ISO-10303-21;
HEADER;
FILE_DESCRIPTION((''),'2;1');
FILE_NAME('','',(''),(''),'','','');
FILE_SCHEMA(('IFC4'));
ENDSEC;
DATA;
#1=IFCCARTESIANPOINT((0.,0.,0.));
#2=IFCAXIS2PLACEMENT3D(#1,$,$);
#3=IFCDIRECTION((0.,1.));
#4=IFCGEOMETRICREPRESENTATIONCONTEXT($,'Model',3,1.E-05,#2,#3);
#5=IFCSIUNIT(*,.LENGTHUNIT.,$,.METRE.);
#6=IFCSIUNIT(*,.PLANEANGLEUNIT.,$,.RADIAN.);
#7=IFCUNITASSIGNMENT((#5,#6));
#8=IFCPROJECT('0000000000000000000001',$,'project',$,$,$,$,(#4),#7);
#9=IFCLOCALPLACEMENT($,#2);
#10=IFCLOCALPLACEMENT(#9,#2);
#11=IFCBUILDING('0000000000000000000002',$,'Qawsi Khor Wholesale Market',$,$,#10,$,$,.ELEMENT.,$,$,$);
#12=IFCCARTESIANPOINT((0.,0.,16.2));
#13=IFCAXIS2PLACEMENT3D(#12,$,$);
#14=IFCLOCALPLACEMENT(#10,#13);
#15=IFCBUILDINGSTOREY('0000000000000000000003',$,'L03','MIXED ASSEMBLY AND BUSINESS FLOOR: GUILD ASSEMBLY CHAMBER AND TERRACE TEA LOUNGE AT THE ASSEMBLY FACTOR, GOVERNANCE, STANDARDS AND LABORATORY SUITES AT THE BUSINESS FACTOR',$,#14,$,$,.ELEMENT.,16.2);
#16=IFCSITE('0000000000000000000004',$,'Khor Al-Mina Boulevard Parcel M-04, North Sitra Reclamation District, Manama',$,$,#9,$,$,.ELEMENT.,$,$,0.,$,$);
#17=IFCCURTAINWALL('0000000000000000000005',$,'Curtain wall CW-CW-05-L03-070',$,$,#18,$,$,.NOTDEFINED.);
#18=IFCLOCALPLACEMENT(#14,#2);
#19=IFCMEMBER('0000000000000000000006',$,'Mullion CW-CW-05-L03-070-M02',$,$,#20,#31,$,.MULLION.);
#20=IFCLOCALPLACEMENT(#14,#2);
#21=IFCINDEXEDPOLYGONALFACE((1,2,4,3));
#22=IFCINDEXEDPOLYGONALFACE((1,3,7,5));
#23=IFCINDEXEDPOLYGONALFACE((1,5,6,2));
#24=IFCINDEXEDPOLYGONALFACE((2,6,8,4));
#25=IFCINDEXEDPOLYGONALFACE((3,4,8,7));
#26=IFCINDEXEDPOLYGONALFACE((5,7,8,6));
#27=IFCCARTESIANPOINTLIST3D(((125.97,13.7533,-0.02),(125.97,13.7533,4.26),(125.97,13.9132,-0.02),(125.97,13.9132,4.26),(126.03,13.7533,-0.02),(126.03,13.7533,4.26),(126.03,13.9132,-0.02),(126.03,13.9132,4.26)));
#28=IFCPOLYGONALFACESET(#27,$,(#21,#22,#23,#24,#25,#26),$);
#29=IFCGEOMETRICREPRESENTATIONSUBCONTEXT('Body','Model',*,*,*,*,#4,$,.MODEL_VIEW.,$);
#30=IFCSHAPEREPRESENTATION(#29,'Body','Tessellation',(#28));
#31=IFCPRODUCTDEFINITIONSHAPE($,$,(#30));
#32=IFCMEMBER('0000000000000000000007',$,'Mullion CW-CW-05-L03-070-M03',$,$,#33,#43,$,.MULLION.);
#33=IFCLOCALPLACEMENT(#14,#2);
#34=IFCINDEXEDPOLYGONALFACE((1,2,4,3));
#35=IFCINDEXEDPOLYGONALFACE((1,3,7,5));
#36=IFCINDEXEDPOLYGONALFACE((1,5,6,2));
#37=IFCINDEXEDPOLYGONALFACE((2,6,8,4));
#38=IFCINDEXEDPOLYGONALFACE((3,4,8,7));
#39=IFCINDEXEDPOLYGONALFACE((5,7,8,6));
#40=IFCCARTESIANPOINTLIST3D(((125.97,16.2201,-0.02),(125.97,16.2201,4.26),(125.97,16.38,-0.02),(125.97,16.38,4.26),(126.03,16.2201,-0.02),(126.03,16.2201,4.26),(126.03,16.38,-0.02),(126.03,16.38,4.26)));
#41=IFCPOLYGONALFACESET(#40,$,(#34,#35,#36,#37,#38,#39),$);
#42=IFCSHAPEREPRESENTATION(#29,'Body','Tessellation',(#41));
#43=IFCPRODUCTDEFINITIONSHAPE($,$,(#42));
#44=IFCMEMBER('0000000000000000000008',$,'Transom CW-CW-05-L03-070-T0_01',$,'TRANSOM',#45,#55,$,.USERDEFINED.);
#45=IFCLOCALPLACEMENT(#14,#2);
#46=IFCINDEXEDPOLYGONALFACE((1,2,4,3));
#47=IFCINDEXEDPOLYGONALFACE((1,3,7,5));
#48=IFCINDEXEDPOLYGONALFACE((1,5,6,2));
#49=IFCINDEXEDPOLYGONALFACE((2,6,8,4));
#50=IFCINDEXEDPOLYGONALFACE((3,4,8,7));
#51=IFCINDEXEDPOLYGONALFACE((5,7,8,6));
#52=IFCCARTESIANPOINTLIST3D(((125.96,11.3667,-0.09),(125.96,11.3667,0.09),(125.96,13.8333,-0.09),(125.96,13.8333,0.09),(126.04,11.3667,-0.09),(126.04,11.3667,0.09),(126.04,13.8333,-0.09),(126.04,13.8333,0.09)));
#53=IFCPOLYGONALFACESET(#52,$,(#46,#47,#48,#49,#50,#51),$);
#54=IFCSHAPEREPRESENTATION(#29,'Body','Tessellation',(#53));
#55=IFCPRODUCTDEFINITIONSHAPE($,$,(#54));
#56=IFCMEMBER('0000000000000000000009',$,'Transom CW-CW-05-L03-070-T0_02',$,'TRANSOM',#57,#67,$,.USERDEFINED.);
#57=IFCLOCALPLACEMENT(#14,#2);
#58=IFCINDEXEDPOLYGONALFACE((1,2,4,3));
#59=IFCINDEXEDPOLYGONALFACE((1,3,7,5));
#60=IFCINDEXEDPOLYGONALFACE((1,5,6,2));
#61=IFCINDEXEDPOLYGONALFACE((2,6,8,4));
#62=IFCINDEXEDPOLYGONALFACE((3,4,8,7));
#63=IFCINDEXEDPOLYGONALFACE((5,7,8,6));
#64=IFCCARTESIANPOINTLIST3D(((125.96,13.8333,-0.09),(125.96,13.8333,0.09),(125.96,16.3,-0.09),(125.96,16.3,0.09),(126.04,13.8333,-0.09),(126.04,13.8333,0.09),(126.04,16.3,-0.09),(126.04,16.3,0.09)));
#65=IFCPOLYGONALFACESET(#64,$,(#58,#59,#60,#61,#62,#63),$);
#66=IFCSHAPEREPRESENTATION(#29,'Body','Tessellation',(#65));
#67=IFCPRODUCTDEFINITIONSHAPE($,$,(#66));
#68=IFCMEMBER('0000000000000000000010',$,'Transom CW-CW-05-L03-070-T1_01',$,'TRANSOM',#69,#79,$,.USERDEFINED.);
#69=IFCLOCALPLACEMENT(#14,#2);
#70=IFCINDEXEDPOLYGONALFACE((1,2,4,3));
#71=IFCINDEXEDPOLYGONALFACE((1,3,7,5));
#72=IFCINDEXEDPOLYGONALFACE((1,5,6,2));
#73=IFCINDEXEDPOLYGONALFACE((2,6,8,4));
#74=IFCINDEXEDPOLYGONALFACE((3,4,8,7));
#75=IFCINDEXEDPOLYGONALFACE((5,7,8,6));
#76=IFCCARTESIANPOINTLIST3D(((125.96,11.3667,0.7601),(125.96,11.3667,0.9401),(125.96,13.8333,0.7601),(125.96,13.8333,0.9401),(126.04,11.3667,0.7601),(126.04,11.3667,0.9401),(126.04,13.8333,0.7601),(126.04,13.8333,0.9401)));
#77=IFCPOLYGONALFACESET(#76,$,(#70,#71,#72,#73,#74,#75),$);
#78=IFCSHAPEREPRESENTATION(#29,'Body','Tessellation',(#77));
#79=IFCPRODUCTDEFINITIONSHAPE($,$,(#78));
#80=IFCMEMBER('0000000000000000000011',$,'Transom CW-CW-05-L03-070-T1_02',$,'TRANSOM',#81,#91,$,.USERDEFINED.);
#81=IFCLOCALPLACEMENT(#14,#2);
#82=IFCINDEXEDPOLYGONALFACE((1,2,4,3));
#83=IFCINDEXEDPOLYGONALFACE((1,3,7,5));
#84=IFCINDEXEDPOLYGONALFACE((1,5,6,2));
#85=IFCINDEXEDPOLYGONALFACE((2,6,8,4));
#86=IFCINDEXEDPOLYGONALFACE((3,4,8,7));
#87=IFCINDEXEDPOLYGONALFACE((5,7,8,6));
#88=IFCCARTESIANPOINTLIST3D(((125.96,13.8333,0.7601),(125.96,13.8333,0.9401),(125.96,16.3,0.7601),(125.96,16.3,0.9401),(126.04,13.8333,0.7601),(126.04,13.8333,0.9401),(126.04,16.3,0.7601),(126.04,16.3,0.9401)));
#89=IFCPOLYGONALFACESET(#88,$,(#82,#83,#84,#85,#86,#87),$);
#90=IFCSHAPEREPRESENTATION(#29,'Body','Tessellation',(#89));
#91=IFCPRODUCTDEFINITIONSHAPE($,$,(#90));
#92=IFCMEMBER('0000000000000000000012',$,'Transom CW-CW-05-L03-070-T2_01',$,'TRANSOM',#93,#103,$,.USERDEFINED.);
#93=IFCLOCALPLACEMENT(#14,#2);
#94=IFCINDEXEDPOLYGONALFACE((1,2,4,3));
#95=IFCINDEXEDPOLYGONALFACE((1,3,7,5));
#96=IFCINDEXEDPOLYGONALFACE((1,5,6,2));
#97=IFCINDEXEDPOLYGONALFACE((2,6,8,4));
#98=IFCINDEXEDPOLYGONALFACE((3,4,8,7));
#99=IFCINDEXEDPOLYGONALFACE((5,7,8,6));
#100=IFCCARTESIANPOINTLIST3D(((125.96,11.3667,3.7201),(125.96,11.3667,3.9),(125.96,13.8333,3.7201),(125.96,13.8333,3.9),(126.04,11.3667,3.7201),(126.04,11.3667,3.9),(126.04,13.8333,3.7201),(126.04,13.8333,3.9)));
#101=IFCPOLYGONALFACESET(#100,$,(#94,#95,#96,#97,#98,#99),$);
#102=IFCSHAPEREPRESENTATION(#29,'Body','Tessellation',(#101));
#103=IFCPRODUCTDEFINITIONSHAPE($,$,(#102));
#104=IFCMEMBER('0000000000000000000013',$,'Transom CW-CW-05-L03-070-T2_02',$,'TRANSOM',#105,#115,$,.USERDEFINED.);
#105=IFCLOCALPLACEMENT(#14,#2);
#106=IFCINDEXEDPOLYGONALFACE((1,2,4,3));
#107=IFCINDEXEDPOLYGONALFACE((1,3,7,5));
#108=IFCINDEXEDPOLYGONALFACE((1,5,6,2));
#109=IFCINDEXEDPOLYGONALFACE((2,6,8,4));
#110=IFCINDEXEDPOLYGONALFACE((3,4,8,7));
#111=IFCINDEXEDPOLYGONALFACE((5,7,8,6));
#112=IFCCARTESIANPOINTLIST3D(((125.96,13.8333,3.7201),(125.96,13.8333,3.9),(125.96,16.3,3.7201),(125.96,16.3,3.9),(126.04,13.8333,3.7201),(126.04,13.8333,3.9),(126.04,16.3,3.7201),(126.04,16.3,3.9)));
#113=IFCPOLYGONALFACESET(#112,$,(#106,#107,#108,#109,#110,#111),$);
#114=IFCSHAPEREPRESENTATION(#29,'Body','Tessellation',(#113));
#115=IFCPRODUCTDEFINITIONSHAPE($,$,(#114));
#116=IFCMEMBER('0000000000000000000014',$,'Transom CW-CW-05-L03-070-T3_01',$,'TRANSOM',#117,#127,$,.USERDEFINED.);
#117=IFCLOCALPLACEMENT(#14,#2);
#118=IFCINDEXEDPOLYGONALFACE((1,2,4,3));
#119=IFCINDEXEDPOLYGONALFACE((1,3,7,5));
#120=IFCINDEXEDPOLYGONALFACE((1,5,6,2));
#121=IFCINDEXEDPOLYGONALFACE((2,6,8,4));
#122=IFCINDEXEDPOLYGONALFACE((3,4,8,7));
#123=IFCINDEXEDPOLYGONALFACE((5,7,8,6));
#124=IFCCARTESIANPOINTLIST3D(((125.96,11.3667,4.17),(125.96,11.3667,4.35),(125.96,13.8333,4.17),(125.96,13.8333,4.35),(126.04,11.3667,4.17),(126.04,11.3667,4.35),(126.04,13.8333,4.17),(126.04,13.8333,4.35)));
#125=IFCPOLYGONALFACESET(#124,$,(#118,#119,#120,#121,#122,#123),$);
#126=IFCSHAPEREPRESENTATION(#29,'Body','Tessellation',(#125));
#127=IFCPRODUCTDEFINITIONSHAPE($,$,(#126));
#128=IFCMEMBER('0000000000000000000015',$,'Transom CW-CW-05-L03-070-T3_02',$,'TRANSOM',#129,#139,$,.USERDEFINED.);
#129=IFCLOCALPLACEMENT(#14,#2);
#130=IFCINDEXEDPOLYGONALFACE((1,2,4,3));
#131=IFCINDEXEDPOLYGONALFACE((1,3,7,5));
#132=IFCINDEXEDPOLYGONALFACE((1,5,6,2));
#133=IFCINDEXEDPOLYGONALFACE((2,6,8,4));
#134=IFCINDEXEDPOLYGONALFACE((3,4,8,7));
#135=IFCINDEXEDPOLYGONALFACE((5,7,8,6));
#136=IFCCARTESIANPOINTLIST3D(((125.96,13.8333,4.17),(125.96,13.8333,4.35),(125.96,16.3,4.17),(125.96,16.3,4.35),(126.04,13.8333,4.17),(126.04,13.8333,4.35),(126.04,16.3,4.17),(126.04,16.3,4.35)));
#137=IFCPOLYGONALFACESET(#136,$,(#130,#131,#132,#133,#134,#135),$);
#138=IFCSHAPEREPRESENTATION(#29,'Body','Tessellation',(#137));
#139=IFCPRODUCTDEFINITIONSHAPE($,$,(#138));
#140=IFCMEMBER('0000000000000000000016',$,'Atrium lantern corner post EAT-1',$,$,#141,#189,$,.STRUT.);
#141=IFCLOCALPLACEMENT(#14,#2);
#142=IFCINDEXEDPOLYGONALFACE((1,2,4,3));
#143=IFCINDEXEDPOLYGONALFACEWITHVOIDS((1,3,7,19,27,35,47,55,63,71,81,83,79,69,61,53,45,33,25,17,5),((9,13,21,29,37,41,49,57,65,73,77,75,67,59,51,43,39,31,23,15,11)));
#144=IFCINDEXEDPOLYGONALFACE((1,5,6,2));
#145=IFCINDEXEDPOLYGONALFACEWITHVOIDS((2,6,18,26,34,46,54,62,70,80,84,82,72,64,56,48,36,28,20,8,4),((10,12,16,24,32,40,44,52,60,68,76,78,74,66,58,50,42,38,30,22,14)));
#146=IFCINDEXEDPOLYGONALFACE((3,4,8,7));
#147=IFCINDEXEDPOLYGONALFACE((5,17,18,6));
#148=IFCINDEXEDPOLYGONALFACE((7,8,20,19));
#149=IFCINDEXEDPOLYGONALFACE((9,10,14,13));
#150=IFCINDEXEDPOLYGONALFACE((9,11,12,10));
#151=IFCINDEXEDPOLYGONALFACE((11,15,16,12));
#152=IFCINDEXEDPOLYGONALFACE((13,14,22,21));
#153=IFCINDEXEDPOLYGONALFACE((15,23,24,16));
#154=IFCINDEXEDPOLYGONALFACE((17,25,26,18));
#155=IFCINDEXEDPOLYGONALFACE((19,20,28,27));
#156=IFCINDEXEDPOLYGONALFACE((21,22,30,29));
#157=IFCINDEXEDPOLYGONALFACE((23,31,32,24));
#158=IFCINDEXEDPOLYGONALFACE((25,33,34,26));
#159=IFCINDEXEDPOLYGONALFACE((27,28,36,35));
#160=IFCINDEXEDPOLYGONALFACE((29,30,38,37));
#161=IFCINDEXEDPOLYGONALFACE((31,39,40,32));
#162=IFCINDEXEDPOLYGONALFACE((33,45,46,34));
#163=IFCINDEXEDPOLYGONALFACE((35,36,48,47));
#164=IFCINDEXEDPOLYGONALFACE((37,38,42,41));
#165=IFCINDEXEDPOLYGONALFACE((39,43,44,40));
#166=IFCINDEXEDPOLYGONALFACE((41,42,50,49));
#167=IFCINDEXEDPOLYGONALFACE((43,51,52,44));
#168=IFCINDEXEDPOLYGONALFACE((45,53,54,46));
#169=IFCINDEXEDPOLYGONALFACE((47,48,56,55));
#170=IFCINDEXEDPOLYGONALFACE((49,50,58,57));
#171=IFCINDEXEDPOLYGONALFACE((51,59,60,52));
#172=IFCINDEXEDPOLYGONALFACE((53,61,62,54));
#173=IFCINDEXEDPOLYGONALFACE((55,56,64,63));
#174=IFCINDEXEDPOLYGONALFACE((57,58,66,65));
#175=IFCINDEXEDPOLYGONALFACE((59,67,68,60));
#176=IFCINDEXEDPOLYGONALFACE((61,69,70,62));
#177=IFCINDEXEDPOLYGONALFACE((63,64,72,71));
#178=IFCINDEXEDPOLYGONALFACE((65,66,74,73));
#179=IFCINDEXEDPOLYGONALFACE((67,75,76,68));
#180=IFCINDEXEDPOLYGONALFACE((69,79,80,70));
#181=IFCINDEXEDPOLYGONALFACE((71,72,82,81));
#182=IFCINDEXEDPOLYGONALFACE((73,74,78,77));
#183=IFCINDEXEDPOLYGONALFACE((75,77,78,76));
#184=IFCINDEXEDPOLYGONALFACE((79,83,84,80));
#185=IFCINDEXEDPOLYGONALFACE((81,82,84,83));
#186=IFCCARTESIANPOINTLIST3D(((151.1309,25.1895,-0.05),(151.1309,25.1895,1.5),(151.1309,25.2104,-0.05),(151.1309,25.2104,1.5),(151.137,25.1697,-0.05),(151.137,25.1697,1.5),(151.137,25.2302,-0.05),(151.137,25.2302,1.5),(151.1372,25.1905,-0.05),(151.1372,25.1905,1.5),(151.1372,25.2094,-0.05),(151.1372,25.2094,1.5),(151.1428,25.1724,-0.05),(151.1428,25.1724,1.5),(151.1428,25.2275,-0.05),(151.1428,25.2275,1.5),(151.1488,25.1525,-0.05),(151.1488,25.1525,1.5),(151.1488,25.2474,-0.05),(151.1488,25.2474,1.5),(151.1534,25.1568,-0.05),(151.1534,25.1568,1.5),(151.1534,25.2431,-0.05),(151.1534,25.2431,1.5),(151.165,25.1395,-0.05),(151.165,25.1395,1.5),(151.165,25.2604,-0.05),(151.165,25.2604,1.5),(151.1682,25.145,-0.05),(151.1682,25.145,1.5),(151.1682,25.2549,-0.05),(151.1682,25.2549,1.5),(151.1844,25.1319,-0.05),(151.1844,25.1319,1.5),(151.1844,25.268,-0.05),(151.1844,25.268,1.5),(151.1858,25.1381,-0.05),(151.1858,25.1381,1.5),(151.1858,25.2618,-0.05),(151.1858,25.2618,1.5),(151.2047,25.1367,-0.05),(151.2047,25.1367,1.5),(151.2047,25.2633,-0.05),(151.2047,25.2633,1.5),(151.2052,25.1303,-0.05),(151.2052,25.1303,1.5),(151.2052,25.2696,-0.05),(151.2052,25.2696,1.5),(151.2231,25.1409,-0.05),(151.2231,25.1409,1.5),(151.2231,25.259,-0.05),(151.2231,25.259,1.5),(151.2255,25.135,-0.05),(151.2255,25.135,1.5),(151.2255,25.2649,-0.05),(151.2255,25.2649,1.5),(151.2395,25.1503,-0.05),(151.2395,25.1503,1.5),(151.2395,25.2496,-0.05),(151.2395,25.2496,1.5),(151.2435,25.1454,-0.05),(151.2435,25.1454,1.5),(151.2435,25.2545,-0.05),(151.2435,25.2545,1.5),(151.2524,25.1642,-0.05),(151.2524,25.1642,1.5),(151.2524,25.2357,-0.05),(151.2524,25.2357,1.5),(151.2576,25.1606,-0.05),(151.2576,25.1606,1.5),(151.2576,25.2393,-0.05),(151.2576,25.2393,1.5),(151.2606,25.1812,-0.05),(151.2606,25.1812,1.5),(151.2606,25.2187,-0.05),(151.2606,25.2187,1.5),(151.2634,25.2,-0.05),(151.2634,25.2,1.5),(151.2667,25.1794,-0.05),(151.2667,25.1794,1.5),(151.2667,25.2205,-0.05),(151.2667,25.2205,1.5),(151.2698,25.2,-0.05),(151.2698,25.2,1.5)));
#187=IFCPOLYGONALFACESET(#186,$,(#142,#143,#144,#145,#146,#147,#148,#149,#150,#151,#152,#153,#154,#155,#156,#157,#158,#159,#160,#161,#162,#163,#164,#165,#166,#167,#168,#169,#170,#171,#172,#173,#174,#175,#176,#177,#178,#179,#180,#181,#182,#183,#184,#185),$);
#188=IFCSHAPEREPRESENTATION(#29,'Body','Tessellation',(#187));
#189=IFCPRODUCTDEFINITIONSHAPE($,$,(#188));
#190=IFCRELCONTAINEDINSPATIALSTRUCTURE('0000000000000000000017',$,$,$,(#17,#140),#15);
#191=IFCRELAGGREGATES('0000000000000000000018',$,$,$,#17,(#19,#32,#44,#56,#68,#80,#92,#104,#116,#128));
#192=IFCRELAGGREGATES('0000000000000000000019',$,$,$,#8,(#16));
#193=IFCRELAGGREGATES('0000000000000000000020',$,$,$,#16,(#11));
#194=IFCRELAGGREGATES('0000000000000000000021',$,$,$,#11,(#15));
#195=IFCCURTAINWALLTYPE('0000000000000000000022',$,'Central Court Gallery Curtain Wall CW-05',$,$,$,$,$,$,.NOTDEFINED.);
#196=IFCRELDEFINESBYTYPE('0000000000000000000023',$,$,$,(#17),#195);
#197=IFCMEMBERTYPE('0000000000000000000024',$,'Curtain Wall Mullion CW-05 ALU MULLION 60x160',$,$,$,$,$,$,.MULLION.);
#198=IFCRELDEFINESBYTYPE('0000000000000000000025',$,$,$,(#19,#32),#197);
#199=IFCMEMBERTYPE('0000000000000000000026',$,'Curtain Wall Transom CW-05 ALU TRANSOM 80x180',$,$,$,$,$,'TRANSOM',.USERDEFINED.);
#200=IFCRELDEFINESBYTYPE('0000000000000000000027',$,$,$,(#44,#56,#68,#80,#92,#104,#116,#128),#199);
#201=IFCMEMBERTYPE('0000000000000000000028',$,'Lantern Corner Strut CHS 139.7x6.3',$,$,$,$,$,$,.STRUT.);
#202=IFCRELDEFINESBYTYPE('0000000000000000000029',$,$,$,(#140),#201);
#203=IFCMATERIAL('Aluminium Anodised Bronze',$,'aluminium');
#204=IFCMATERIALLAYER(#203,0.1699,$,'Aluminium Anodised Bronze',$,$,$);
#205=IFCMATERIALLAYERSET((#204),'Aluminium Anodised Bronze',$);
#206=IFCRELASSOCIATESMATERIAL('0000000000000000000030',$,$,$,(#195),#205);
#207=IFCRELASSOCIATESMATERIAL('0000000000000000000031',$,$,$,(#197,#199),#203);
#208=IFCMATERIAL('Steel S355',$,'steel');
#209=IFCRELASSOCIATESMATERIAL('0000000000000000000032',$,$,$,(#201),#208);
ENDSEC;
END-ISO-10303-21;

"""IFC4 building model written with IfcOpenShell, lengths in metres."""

from ifc_helpers import new_model, si_unit, direction, frame, origin, origin_2d, place, context, subcontext, project, spatial, rectangle, hollow_circle, extrude, material, layer, layer_set, material_profile, profile_set, type_object, element, aggregate, save


model = new_model("IFC4")

# Units and contexts
model_context = context("Model", 3, precision=1e-05, world=origin(), true_north=direction((0.0, 1.0)))
body_context = subcontext(model_context, "Body", "Model", "MODEL_VIEW")
ifc_project = project(units=[si_unit("LENGTHUNIT", "METRE"), si_unit("PLANEANGLEUNIT", "RADIAN")], contexts=[model_context])

# Site, building, storey
site_placement = place(None, origin())
site = spatial("IfcSite", under=ifc_project, at=site_placement, Name="Khor Al-Mina Boulevard Parcel M-04, North Sitra Reclamation District, Manama", CompositionType="ELEMENT", RefElevation=0.0)
building_placement = place(site_placement, origin())
building = spatial("IfcBuilding", under=site, at=building_placement, Name="Qawsi Khor Wholesale Market", CompositionType="ELEMENT")
storey_placement = place(building_placement, frame((0.0, 0.0, 16.2)))
storey = spatial("IfcBuildingStorey", under=building, at=storey_placement, Name="L03", Description="MIXED ASSEMBLY AND BUSINESS FLOOR: GUILD ASSEMBLY CHAMBER AND TERRACE TEA LOUNGE AT THE ASSEMBLY FACTOR, GOVERNANCE, STANDARDS AND LABORATORY SUITES AT THE BUSINESS FACTOR", CompositionType="ELEMENT", Elevation=16.2)

# Curtain wall, members
ifc_material_1 = material(Name="Aluminium Anodised Bronze", Category="aluminium")
ifc_layer_1 = layer(ifc_material_1, 0.1699, Name="Aluminium Anodised Bronze")
ifc_layer_set_1 = layer_set([ifc_layer_1], Name="Aluminium Anodised Bronze")
curtain_wall_type = type_object("IfcCurtainWallType", Name="Central Court Gallery Curtain Wall CW-05", PredefinedType="NOTDEFINED", material=ifc_layer_set_1)
curtain_wall_placement = place(storey_placement, origin())
curtain_wall = element("IfcCurtainWall", 1, at=curtain_wall_placement, inside=storey, type_object=curtain_wall_type, Name="Curtain wall CW-CW-05-L03-070", PredefinedType="NOTDEFINED")
ifc_material_profile_1 = material_profile(ifc_material_1, rectangle(XDim=0.0601, YDim=0.1599, at=origin_2d()), Name="ALU MULLION 60x160")
ifc_profile_set_1 = profile_set([ifc_material_profile_1], Name="Aluminium Anodised Bronze")
member_type_1 = type_object("IfcMemberType", Name="Curtain Wall Mullion CW-05 ALU MULLION 60x160", PredefinedType="MULLION", material=ifc_profile_set_1)
member_1_placement = place(storey_placement, frame((126.0, 13.8333, -0.02), z_axis=(0.0, 0.0, 1.0), x_axis=(1.0, 0.0, 0.0)))
member_1 = element("IfcMember", 2, at=member_1_placement, type_object=member_type_1, Name="Mullion CW-CW-05-L03-070-M02", PredefinedType="MULLION", context=body_context, shape_type="SweptSolid", body=[
    extrude(rectangle(XDim=0.0601, YDim=0.1599, at=origin_2d()), origin(), (0.0, 0.0, 1.0), 4.28),
])
member_2_placement = place(storey_placement, frame((126.0, 16.3, -0.02), z_axis=(0.0, 0.0, 1.0), x_axis=(1.0, 0.0, 0.0)))
member_2 = element("IfcMember", 3, at=member_2_placement, type_object=member_type_1, Name="Mullion CW-CW-05-L03-070-M03", PredefinedType="MULLION", context=body_context, shape_type="SweptSolid", body=[
    extrude(rectangle(XDim=0.0601, YDim=0.1599, at=origin_2d()), origin(), (0.0, 0.0, 1.0), 4.28),
])
ifc_material_profile_2 = material_profile(ifc_material_1, rectangle(XDim=0.0801, YDim=0.1799, at=origin_2d()), Name="ALU TRANSOM 80x180")
ifc_profile_set_2 = profile_set([ifc_material_profile_2], Name="Aluminium Anodised Bronze")
member_type_2 = type_object("IfcMemberType", Name="Curtain Wall Transom CW-05 ALU TRANSOM 80x180", ElementType="TRANSOM", PredefinedType="USERDEFINED", material=ifc_profile_set_2)
member_3_placement = place(storey_placement, frame((126.0, 11.3667, 0.0), z_axis=(0.0, 1.0, 0.0), x_axis=(-1.0, 0.0, 0.0)))
member_3 = element("IfcMember", 4, at=member_3_placement, type_object=member_type_2, Name="Transom CW-CW-05-L03-070-T0_01", ObjectType="TRANSOM", PredefinedType="USERDEFINED", context=body_context, shape_type="SweptSolid", body=[
    extrude(rectangle(XDim=0.0801, YDim=0.1799, at=origin_2d()), origin(), (0.0, 0.0, 1.0), 2.4666),
])
member_4_placement = place(storey_placement, frame((126.0, 13.8333, 0.0), z_axis=(0.0, 1.0, 0.0), x_axis=(-1.0, 0.0, 0.0)))
member_4 = element("IfcMember", 5, at=member_4_placement, type_object=member_type_2, Name="Transom CW-CW-05-L03-070-T0_02", ObjectType="TRANSOM", PredefinedType="USERDEFINED", context=body_context, shape_type="SweptSolid", body=[
    extrude(rectangle(XDim=0.0801, YDim=0.1799, at=origin_2d()), origin(), (0.0, 0.0, 1.0), 2.4668),
])
member_5_placement = place(storey_placement, frame((126.0, 11.3667, 0.8501), z_axis=(0.0, 1.0, 0.0), x_axis=(-1.0, 0.0, 0.0)))
member_5 = element("IfcMember", 6, at=member_5_placement, type_object=member_type_2, Name="Transom CW-CW-05-L03-070-T1_01", ObjectType="TRANSOM", PredefinedType="USERDEFINED", context=body_context, shape_type="SweptSolid", body=[
    extrude(rectangle(XDim=0.0801, YDim=0.1799, at=origin_2d()), origin(), (0.0, 0.0, 1.0), 2.4666),
])
member_6_placement = place(storey_placement, frame((126.0, 13.8333, 0.8501), z_axis=(0.0, 1.0, 0.0), x_axis=(-1.0, 0.0, 0.0)))
member_6 = element("IfcMember", 7, at=member_6_placement, type_object=member_type_2, Name="Transom CW-CW-05-L03-070-T1_02", ObjectType="TRANSOM", PredefinedType="USERDEFINED", context=body_context, shape_type="SweptSolid", body=[
    extrude(rectangle(XDim=0.0801, YDim=0.1799, at=origin_2d()), origin(), (0.0, 0.0, 1.0), 2.4668),
])
member_7_placement = place(storey_placement, frame((126.0, 11.3667, 3.8101), z_axis=(0.0, 1.0, 0.0), x_axis=(-1.0, 0.0, 0.0)))
member_7 = element("IfcMember", 8, at=member_7_placement, type_object=member_type_2, Name="Transom CW-CW-05-L03-070-T2_01", ObjectType="TRANSOM", PredefinedType="USERDEFINED", context=body_context, shape_type="SweptSolid", body=[
    extrude(rectangle(XDim=0.0801, YDim=0.1799, at=origin_2d()), origin(), (0.0, 0.0, 1.0), 2.4666),
])
member_8_placement = place(storey_placement, frame((126.0, 13.8333, 3.8101), z_axis=(0.0, 1.0, 0.0), x_axis=(-1.0, 0.0, 0.0)))
member_8 = element("IfcMember", 9, at=member_8_placement, type_object=member_type_2, Name="Transom CW-CW-05-L03-070-T2_02", ObjectType="TRANSOM", PredefinedType="USERDEFINED", context=body_context, shape_type="SweptSolid", body=[
    extrude(rectangle(XDim=0.0801, YDim=0.1799, at=origin_2d()), origin(), (0.0, 0.0, 1.0), 2.4668),
])
member_9_placement = place(storey_placement, frame((126.0, 11.3667, 4.26), z_axis=(0.0, 1.0, 0.0), x_axis=(-1.0, 0.0, 0.0)))
member_9 = element("IfcMember", 10, at=member_9_placement, type_object=member_type_2, Name="Transom CW-CW-05-L03-070-T3_01", ObjectType="TRANSOM", PredefinedType="USERDEFINED", context=body_context, shape_type="SweptSolid", body=[
    extrude(rectangle(XDim=0.0801, YDim=0.1799, at=origin_2d()), origin(), (0.0, 0.0, 1.0), 2.4666),
])
member_10_placement = place(storey_placement, frame((126.0, 13.8333, 4.26), z_axis=(0.0, 1.0, 0.0), x_axis=(-1.0, 0.0, 0.0)))
member_10 = element("IfcMember", 11, at=member_10_placement, type_object=member_type_2, Name="Transom CW-CW-05-L03-070-T3_02", ObjectType="TRANSOM", PredefinedType="USERDEFINED", context=body_context, shape_type="SweptSolid", body=[
    extrude(rectangle(XDim=0.0801, YDim=0.1799, at=origin_2d()), origin(), (0.0, 0.0, 1.0), 2.4668),
])

# Member
ifc_material_2 = material(Name="Steel S355", Category="steel")
ifc_material_profile_3 = material_profile(ifc_material_2, hollow_circle(Radius=0.0698, WallThickness=0.0063, at=origin_2d()), Name="CHS 139.7x6.3")
ifc_profile_set_3 = profile_set([ifc_material_profile_3], Name="Steel S355")
member_type_3 = type_object("IfcMemberType", Name="Lantern Corner Strut CHS 139.7x6.3", PredefinedType="STRUT", material=ifc_profile_set_3)
member_11_placement = place(storey_placement, frame((151.2, 25.2, -0.05), z_axis=(0.0, 0.0, 1.0), x_axis=(1.0, 0.0, 0.0)))
element("IfcMember", 12, at=member_11_placement, inside=storey, type_object=member_type_3, Name="Atrium lantern corner post EAT-1", PredefinedType="STRUT", context=body_context, shape_type="SweptSolid", body=[
    extrude(hollow_circle(Radius=0.0698, WallThickness=0.0063, at=origin_2d()), origin(), (0.0, 0.0, 1.0), 1.55),
])

aggregate(curtain_wall, [member_1, member_2, member_3, member_4, member_5, member_6, member_7, member_8, member_9, member_10])

save(model, "model.ifc")
